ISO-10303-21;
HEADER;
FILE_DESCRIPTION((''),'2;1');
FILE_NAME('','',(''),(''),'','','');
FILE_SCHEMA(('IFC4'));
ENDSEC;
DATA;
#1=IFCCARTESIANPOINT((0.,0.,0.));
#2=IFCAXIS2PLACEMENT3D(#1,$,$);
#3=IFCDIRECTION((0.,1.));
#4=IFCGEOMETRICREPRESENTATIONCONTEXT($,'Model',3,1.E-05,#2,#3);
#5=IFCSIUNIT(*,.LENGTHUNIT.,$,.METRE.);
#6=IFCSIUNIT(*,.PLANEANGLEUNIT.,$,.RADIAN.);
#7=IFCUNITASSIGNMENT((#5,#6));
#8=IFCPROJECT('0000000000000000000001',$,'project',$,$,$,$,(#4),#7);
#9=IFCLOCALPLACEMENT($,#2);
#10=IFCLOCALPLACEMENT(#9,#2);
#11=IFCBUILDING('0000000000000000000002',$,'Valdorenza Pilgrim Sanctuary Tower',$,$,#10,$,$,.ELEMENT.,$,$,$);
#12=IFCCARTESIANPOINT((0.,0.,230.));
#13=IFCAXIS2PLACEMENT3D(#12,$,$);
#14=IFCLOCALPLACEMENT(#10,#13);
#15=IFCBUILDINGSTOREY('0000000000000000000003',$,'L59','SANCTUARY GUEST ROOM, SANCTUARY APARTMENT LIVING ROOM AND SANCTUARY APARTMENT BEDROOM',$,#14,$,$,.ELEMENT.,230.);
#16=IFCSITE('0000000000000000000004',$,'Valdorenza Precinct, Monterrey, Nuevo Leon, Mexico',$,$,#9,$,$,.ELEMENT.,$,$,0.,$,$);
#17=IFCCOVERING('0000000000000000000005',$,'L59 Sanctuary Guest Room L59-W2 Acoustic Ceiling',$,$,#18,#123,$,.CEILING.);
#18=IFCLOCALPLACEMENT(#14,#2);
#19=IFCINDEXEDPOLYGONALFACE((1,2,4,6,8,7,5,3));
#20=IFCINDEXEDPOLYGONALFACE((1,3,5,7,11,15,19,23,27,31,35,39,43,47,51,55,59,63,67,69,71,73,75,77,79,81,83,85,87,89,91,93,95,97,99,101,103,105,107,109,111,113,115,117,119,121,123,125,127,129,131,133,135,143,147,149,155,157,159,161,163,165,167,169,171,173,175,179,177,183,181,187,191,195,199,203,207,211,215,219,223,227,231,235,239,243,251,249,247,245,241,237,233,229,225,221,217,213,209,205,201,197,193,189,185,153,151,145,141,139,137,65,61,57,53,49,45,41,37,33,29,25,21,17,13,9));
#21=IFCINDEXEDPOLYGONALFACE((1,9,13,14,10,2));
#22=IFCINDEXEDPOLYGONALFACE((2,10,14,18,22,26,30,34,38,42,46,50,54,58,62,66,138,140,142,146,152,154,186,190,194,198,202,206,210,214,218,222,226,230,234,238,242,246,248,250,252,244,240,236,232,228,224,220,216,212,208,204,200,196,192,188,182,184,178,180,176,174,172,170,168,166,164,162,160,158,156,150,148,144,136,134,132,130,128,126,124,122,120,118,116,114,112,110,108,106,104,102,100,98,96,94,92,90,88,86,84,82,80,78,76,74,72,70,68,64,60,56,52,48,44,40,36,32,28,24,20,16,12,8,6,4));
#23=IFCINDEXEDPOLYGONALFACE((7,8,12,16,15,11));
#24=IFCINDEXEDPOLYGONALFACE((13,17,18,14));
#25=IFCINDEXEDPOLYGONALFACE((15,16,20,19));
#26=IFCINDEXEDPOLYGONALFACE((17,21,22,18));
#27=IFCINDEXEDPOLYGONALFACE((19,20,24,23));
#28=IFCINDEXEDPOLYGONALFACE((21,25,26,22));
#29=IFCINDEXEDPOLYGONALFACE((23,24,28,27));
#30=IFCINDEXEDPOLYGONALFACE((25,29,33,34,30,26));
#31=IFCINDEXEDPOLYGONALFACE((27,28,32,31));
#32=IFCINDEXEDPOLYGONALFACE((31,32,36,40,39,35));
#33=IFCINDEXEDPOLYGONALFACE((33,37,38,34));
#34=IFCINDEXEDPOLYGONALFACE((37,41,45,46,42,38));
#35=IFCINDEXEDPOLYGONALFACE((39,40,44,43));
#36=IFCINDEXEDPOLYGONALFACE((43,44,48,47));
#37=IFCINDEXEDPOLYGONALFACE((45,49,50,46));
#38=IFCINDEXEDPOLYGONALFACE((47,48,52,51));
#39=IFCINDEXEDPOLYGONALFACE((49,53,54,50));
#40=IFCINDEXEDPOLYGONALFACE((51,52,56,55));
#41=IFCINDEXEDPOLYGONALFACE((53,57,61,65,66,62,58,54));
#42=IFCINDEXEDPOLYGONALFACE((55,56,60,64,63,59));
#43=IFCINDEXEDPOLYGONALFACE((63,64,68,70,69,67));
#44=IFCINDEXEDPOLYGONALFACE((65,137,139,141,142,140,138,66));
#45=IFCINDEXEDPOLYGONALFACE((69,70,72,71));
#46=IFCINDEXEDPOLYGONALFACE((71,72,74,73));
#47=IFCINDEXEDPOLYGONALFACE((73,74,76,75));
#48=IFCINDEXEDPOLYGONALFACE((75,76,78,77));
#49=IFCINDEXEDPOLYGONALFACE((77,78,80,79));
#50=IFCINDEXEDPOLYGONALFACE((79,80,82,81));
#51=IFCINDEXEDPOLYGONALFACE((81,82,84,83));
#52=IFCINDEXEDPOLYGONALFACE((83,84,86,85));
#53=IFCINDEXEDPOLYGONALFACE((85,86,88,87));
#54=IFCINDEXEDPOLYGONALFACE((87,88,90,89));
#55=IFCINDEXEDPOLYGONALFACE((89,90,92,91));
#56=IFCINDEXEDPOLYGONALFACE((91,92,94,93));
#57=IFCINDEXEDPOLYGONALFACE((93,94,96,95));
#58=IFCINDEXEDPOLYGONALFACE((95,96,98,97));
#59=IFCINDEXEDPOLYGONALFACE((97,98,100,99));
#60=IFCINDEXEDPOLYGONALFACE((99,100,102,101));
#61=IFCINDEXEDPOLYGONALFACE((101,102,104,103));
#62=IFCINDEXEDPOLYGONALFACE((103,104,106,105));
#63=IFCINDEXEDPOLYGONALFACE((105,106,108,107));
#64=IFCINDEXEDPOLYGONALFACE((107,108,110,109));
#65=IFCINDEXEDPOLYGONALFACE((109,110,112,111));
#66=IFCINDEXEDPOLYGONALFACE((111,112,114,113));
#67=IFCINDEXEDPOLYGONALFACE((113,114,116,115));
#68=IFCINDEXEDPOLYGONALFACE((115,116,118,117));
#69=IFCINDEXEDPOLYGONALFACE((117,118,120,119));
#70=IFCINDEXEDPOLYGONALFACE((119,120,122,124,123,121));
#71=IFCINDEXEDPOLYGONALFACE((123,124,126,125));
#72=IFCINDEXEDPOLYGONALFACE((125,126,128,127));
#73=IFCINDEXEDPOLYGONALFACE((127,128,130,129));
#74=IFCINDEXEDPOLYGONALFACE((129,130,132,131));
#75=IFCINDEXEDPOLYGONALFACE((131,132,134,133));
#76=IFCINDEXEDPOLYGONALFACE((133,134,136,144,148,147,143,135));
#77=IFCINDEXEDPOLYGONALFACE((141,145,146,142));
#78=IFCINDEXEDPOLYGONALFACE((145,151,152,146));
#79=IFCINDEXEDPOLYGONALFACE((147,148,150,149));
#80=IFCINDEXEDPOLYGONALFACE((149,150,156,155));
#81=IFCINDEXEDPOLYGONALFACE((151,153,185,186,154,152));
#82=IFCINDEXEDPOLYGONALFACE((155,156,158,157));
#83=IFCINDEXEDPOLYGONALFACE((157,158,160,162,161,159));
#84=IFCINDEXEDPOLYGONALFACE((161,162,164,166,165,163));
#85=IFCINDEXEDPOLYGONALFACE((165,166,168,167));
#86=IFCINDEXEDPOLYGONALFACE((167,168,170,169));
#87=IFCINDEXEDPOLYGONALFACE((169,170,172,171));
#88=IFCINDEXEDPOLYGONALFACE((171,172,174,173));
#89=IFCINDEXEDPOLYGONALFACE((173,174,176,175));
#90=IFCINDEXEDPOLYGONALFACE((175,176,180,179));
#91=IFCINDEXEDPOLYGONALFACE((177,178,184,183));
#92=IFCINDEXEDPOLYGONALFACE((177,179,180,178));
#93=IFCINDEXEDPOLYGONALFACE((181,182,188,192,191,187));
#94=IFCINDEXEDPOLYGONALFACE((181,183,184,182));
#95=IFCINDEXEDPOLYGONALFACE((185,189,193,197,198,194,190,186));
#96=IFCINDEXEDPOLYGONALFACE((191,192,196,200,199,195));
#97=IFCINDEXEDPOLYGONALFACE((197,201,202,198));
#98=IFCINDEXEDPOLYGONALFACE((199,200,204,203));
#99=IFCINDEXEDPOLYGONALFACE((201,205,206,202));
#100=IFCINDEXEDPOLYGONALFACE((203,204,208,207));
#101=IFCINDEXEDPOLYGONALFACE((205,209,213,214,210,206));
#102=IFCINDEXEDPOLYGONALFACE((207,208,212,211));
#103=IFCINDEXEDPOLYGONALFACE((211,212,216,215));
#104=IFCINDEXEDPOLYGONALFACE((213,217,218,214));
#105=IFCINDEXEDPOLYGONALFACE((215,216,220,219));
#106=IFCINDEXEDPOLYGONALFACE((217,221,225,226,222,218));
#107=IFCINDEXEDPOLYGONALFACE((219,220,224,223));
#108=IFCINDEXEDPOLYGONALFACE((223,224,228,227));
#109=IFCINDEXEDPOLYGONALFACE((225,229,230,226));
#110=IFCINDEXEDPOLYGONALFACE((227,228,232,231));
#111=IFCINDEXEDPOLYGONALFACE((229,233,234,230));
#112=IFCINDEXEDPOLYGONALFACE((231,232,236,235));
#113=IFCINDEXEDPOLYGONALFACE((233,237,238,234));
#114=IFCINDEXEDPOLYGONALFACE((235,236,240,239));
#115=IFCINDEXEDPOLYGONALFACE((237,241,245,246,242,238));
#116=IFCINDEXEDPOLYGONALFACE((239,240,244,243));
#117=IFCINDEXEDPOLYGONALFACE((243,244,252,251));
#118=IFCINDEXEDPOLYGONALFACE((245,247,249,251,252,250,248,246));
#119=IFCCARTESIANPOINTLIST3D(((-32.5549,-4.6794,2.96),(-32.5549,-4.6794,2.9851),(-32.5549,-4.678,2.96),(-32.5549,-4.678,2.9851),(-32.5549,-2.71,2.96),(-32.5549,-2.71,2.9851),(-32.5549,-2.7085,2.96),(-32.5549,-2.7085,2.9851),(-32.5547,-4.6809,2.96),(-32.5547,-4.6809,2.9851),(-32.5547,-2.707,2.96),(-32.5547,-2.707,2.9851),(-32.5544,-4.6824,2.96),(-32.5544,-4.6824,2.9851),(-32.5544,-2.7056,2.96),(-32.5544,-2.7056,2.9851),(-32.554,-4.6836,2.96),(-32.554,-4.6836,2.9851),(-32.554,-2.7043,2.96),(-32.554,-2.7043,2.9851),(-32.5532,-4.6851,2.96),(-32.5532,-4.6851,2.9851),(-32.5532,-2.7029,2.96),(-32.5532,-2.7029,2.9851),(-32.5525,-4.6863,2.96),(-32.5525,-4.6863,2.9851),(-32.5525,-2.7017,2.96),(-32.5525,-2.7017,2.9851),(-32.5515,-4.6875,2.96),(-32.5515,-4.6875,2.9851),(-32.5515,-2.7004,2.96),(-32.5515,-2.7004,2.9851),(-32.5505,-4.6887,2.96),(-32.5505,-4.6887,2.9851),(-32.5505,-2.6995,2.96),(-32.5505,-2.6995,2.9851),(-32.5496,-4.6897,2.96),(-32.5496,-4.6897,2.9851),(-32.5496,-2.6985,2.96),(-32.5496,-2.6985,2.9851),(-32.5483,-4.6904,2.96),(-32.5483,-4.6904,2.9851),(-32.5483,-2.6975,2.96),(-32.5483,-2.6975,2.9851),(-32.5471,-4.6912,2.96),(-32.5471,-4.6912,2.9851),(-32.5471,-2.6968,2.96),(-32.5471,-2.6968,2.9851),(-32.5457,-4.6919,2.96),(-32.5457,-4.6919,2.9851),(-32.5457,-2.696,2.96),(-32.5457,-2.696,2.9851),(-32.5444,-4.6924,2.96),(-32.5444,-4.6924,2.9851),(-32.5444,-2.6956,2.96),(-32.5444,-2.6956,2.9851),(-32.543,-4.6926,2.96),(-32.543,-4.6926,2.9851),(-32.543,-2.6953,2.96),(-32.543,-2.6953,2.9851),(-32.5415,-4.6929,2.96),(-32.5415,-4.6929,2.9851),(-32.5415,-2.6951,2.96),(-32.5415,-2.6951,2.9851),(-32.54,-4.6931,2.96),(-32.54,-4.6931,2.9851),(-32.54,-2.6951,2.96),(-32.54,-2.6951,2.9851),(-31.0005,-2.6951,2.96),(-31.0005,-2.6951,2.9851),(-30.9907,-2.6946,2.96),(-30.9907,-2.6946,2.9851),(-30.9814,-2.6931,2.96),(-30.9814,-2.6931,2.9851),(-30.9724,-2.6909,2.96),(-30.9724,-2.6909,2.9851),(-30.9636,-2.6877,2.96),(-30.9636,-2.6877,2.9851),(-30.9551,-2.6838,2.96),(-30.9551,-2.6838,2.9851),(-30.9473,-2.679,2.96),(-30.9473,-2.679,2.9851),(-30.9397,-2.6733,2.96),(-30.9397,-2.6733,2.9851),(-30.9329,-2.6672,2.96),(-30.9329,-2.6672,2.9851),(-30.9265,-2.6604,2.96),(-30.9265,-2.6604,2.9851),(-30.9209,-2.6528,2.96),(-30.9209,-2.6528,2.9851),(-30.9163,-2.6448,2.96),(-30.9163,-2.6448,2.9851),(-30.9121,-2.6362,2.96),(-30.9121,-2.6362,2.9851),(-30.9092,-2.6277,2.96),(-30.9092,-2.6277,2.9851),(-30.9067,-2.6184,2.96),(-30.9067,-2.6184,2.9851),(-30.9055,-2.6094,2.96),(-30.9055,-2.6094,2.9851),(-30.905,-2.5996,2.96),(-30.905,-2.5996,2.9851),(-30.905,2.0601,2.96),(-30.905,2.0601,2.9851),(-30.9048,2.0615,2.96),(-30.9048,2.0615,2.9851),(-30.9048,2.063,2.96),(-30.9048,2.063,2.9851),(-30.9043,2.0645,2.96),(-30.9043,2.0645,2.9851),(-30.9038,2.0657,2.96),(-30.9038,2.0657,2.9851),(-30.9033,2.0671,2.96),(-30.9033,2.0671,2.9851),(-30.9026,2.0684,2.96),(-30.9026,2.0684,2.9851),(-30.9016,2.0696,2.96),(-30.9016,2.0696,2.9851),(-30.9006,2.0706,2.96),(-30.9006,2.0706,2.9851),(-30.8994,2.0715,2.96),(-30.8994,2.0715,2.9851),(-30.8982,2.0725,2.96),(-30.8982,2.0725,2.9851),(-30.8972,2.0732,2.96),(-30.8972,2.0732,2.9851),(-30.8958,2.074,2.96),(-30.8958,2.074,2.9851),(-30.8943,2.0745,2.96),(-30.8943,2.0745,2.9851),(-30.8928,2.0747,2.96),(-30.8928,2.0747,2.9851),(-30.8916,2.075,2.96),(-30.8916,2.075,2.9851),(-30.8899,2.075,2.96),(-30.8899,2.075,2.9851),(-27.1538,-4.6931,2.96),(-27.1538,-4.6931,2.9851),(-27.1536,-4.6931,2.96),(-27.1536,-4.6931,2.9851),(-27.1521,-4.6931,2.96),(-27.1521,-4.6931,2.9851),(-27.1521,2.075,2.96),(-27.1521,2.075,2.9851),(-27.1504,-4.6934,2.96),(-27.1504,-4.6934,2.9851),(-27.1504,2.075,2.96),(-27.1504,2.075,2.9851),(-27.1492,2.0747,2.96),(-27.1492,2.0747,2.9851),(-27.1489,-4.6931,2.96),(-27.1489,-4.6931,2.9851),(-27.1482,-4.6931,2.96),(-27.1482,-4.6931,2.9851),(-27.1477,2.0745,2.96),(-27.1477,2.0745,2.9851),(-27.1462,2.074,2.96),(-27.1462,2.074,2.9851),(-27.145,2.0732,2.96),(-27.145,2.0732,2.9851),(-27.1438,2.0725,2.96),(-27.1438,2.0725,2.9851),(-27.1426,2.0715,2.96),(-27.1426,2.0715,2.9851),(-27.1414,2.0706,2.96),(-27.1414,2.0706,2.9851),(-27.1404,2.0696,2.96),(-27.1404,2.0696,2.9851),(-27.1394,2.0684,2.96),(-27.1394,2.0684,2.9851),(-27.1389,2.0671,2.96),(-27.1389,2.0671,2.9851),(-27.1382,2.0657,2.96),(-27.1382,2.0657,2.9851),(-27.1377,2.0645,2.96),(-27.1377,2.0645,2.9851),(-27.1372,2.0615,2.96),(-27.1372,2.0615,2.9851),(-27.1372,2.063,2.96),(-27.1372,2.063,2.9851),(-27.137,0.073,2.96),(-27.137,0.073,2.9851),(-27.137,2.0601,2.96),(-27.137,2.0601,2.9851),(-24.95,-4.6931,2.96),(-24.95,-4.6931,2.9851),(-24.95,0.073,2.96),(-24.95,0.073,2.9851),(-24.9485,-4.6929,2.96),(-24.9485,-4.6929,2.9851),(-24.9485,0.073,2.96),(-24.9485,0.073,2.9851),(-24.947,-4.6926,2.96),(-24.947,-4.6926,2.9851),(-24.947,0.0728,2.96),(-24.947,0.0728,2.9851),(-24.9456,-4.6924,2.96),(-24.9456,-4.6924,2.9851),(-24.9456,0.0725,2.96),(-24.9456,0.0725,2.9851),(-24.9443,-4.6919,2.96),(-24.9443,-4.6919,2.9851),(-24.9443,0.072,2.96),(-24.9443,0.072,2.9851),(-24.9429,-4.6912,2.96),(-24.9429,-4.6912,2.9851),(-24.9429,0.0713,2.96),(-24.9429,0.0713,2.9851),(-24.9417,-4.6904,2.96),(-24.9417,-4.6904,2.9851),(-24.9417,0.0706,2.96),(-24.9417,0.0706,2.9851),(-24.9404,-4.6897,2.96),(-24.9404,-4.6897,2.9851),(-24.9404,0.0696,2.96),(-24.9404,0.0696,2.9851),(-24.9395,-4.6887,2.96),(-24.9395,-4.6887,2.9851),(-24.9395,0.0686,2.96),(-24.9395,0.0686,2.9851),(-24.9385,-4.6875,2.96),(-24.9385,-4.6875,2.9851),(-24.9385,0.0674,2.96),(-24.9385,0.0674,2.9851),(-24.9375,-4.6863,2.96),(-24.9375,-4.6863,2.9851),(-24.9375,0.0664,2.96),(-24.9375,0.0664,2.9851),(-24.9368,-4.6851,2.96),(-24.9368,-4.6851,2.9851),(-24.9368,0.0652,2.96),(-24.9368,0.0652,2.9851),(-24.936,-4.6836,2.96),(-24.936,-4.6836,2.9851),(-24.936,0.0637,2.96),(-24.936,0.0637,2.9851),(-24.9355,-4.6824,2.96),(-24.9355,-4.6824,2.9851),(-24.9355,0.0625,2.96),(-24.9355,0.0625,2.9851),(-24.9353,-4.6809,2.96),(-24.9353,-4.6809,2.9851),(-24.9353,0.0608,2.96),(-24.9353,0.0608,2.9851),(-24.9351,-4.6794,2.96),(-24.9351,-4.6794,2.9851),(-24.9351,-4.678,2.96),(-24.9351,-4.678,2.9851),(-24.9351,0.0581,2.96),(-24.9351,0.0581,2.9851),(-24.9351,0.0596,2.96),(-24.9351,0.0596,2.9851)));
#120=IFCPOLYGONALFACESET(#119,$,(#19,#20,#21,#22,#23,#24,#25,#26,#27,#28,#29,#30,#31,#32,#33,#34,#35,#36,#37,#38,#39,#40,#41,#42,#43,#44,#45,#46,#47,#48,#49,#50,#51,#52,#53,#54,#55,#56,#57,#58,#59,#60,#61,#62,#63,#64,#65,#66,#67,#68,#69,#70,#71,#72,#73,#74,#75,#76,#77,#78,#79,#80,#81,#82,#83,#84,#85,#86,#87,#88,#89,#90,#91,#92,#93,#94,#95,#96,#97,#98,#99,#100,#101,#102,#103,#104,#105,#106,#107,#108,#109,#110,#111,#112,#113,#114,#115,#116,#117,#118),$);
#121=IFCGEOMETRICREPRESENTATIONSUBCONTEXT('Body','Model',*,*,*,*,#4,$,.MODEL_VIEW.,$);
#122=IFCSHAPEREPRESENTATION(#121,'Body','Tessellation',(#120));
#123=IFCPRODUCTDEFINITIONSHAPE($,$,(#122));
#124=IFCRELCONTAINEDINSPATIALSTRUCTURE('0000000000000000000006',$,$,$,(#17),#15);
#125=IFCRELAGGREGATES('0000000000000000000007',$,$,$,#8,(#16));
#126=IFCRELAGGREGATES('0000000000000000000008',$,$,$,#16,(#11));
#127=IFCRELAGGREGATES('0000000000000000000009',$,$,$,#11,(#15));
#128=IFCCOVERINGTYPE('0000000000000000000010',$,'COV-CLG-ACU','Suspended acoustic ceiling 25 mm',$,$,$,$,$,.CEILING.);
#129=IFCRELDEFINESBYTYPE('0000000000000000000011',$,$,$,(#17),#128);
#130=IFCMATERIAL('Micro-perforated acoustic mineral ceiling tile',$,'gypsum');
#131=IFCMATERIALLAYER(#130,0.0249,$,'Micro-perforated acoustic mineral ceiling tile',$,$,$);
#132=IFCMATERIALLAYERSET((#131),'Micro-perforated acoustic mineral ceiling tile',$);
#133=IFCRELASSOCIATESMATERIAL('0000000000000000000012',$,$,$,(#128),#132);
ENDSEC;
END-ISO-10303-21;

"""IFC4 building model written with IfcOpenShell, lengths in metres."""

from ifc_helpers import new_model, si_unit, direction, frame, origin, place, context, subcontext, project, spatial, polyline, outline, extrude, material, layer, layer_set, type_object, element, save


model = new_model("IFC4")

# Units and contexts
model_context = context("Model", 3, precision=1e-05, world=origin(), true_north=direction((0.0, 1.0)))
body_context = subcontext(model_context, "Body", "Model", "MODEL_VIEW")
ifc_project = project(units=[si_unit("LENGTHUNIT", "METRE"), si_unit("PLANEANGLEUNIT", "RADIAN")], contexts=[model_context])

# Site, building, storey
site_placement = place(None, origin())
site = spatial("IfcSite", under=ifc_project, at=site_placement, Name="Valdorenza Precinct, Monterrey, Nuevo Leon, Mexico", CompositionType="ELEMENT", RefElevation=0.0)
building_placement = place(site_placement, origin())
building = spatial("IfcBuilding", under=site, at=building_placement, Name="Valdorenza Pilgrim Sanctuary Tower", CompositionType="ELEMENT")
storey_placement = place(building_placement, frame((0.0, 0.0, 230.0)))
storey = spatial("IfcBuildingStorey", under=building, at=storey_placement, Name="L59", Description="SANCTUARY GUEST ROOM, SANCTUARY APARTMENT LIVING ROOM AND SANCTUARY APARTMENT BEDROOM", CompositionType="ELEMENT", Elevation=230.0)

# Covering
ifc_material_1 = material(Name="Micro-perforated acoustic mineral ceiling tile", Category="gypsum")
ifc_layer_1 = layer(ifc_material_1, 0.0249, Name="Micro-perforated acoustic mineral ceiling tile")
ifc_layer_set_1 = layer_set([ifc_layer_1], Name="Micro-perforated acoustic mineral ceiling tile")
covering_type_1 = type_object("IfcCoveringType", Name="COV-CLG-ACU", Description="Suspended acoustic ceiling 25 mm", PredefinedType="CEILING", material=ifc_layer_set_1)
covering_1_placement = place(storey_placement, frame((0.0, 0.0, 2.96)))
element("IfcCovering", 1, at=covering_1_placement, inside=storey, type_object=covering_type_1, Name="L59 Sanctuary Guest Room L59-W2 Acoustic Ceiling", PredefinedType="CEILING", context=body_context, shape_type="SweptSolid", body=[
    extrude(outline(polyline([(-32.5549, -2.71), (-32.5549, -2.7085), (-32.5547, -2.707), (-32.5544, -2.7056), (-32.554, -2.7043), (-32.5532, -2.7029), (-32.5525, -2.7017), (-32.5515, -2.7004), (-32.5505, -2.6995), (-32.5496, -2.6985), (-32.5483, -2.6975), (-32.5471, -2.6968), (-32.5457, -2.696), (-32.5444, -2.6956), (-32.543, -2.6953), (-32.5415, -2.6951), (-32.54, -2.6951), (-31.0005, -2.6951), (-30.9907, -2.6946), (-30.9814, -2.6931), (-30.9724, -2.6909), (-30.9636, -2.6877), (-30.9551, -2.6838), (-30.9473, -2.679), (-30.9397, -2.6733), (-30.9329, -2.6672), (-30.9265, -2.6604), (-30.9209, -2.6528), (-30.9163, -2.6448), (-30.9121, -2.6362), (-30.9092, -2.6277), (-30.9067, -2.6184), (-30.9055, -2.6094), (-30.905, -2.5996), (-30.905, 2.0601), (-30.9048, 2.0615), (-30.9048, 2.063), (-30.9043, 2.0645), (-30.9038, 2.0657), (-30.9033, 2.0671), (-30.9026, 2.0684), (-30.9016, 2.0696), (-30.9006, 2.0706), (-30.8994, 2.0715), (-30.8982, 2.0725), (-30.8972, 2.0732), (-30.8958, 2.074), (-30.8943, 2.0745), (-30.8928, 2.0747), (-30.8916, 2.075), (-30.8899, 2.075), (-27.1521, 2.075), (-27.1504, 2.075), (-27.1492, 2.0747), (-27.1477, 2.0745), (-27.1462, 2.074), (-27.145, 2.0732), (-27.1438, 2.0725), (-27.1426, 2.0715), (-27.1414, 2.0706), (-27.1404, 2.0696), (-27.1394, 2.0684), (-27.1389, 2.0671), (-27.1382, 2.0657), (-27.1377, 2.0645), (-27.1372, 2.063), (-27.1372, 2.0615), (-27.137, 2.0601), (-27.137, 0.073), (-24.95, 0.073), (-24.9485, 0.073), (-24.947, 0.0728), (-24.9456, 0.0725), (-24.9443, 0.072), (-24.9429, 0.0713), (-24.9417, 0.0706), (-24.9404, 0.0696), (-24.9395, 0.0686), (-24.9385, 0.0674), (-24.9375, 0.0664), (-24.9368, 0.0652), (-24.936, 0.0637), (-24.9355, 0.0625), (-24.9353, 0.0608), (-24.9351, 0.0596), (-24.9351, 0.0581), (-24.9351, -4.678), (-24.9351, -4.6794), (-24.9353, -4.6809), (-24.9355, -4.6824), (-24.936, -4.6836), (-24.9368, -4.6851), (-24.9375, -4.6863), (-24.9385, -4.6875), (-24.9395, -4.6887), (-24.9404, -4.6897), (-24.9417, -4.6904), (-24.9429, -4.6912), (-24.9443, -4.6919), (-24.9456, -4.6924), (-24.947, -4.6926), (-24.9485, -4.6929), (-24.95, -4.6931), (-27.1482, -4.6931), (-27.1489, -4.6931), (-27.1504, -4.6934), (-27.1521, -4.6931), (-27.1536, -4.6931), (-27.1538, -4.6931), (-32.54, -4.6931), (-32.5415, -4.6929), (-32.543, -4.6926), (-32.5444, -4.6924), (-32.5457, -4.6919), (-32.5471, -4.6912), (-32.5483, -4.6904), (-32.5496, -4.6897), (-32.5505, -4.6887), (-32.5515, -4.6875), (-32.5525, -4.6863), (-32.5532, -4.6851), (-32.554, -4.6836), (-32.5544, -4.6824), (-32.5547, -4.6809), (-32.5549, -4.6794), (-32.5549, -4.678), (-32.5549, -2.71)])), origin(), (0.0, 0.0, 1.0), 0.0251),
])

save(model, "model.ifc")
